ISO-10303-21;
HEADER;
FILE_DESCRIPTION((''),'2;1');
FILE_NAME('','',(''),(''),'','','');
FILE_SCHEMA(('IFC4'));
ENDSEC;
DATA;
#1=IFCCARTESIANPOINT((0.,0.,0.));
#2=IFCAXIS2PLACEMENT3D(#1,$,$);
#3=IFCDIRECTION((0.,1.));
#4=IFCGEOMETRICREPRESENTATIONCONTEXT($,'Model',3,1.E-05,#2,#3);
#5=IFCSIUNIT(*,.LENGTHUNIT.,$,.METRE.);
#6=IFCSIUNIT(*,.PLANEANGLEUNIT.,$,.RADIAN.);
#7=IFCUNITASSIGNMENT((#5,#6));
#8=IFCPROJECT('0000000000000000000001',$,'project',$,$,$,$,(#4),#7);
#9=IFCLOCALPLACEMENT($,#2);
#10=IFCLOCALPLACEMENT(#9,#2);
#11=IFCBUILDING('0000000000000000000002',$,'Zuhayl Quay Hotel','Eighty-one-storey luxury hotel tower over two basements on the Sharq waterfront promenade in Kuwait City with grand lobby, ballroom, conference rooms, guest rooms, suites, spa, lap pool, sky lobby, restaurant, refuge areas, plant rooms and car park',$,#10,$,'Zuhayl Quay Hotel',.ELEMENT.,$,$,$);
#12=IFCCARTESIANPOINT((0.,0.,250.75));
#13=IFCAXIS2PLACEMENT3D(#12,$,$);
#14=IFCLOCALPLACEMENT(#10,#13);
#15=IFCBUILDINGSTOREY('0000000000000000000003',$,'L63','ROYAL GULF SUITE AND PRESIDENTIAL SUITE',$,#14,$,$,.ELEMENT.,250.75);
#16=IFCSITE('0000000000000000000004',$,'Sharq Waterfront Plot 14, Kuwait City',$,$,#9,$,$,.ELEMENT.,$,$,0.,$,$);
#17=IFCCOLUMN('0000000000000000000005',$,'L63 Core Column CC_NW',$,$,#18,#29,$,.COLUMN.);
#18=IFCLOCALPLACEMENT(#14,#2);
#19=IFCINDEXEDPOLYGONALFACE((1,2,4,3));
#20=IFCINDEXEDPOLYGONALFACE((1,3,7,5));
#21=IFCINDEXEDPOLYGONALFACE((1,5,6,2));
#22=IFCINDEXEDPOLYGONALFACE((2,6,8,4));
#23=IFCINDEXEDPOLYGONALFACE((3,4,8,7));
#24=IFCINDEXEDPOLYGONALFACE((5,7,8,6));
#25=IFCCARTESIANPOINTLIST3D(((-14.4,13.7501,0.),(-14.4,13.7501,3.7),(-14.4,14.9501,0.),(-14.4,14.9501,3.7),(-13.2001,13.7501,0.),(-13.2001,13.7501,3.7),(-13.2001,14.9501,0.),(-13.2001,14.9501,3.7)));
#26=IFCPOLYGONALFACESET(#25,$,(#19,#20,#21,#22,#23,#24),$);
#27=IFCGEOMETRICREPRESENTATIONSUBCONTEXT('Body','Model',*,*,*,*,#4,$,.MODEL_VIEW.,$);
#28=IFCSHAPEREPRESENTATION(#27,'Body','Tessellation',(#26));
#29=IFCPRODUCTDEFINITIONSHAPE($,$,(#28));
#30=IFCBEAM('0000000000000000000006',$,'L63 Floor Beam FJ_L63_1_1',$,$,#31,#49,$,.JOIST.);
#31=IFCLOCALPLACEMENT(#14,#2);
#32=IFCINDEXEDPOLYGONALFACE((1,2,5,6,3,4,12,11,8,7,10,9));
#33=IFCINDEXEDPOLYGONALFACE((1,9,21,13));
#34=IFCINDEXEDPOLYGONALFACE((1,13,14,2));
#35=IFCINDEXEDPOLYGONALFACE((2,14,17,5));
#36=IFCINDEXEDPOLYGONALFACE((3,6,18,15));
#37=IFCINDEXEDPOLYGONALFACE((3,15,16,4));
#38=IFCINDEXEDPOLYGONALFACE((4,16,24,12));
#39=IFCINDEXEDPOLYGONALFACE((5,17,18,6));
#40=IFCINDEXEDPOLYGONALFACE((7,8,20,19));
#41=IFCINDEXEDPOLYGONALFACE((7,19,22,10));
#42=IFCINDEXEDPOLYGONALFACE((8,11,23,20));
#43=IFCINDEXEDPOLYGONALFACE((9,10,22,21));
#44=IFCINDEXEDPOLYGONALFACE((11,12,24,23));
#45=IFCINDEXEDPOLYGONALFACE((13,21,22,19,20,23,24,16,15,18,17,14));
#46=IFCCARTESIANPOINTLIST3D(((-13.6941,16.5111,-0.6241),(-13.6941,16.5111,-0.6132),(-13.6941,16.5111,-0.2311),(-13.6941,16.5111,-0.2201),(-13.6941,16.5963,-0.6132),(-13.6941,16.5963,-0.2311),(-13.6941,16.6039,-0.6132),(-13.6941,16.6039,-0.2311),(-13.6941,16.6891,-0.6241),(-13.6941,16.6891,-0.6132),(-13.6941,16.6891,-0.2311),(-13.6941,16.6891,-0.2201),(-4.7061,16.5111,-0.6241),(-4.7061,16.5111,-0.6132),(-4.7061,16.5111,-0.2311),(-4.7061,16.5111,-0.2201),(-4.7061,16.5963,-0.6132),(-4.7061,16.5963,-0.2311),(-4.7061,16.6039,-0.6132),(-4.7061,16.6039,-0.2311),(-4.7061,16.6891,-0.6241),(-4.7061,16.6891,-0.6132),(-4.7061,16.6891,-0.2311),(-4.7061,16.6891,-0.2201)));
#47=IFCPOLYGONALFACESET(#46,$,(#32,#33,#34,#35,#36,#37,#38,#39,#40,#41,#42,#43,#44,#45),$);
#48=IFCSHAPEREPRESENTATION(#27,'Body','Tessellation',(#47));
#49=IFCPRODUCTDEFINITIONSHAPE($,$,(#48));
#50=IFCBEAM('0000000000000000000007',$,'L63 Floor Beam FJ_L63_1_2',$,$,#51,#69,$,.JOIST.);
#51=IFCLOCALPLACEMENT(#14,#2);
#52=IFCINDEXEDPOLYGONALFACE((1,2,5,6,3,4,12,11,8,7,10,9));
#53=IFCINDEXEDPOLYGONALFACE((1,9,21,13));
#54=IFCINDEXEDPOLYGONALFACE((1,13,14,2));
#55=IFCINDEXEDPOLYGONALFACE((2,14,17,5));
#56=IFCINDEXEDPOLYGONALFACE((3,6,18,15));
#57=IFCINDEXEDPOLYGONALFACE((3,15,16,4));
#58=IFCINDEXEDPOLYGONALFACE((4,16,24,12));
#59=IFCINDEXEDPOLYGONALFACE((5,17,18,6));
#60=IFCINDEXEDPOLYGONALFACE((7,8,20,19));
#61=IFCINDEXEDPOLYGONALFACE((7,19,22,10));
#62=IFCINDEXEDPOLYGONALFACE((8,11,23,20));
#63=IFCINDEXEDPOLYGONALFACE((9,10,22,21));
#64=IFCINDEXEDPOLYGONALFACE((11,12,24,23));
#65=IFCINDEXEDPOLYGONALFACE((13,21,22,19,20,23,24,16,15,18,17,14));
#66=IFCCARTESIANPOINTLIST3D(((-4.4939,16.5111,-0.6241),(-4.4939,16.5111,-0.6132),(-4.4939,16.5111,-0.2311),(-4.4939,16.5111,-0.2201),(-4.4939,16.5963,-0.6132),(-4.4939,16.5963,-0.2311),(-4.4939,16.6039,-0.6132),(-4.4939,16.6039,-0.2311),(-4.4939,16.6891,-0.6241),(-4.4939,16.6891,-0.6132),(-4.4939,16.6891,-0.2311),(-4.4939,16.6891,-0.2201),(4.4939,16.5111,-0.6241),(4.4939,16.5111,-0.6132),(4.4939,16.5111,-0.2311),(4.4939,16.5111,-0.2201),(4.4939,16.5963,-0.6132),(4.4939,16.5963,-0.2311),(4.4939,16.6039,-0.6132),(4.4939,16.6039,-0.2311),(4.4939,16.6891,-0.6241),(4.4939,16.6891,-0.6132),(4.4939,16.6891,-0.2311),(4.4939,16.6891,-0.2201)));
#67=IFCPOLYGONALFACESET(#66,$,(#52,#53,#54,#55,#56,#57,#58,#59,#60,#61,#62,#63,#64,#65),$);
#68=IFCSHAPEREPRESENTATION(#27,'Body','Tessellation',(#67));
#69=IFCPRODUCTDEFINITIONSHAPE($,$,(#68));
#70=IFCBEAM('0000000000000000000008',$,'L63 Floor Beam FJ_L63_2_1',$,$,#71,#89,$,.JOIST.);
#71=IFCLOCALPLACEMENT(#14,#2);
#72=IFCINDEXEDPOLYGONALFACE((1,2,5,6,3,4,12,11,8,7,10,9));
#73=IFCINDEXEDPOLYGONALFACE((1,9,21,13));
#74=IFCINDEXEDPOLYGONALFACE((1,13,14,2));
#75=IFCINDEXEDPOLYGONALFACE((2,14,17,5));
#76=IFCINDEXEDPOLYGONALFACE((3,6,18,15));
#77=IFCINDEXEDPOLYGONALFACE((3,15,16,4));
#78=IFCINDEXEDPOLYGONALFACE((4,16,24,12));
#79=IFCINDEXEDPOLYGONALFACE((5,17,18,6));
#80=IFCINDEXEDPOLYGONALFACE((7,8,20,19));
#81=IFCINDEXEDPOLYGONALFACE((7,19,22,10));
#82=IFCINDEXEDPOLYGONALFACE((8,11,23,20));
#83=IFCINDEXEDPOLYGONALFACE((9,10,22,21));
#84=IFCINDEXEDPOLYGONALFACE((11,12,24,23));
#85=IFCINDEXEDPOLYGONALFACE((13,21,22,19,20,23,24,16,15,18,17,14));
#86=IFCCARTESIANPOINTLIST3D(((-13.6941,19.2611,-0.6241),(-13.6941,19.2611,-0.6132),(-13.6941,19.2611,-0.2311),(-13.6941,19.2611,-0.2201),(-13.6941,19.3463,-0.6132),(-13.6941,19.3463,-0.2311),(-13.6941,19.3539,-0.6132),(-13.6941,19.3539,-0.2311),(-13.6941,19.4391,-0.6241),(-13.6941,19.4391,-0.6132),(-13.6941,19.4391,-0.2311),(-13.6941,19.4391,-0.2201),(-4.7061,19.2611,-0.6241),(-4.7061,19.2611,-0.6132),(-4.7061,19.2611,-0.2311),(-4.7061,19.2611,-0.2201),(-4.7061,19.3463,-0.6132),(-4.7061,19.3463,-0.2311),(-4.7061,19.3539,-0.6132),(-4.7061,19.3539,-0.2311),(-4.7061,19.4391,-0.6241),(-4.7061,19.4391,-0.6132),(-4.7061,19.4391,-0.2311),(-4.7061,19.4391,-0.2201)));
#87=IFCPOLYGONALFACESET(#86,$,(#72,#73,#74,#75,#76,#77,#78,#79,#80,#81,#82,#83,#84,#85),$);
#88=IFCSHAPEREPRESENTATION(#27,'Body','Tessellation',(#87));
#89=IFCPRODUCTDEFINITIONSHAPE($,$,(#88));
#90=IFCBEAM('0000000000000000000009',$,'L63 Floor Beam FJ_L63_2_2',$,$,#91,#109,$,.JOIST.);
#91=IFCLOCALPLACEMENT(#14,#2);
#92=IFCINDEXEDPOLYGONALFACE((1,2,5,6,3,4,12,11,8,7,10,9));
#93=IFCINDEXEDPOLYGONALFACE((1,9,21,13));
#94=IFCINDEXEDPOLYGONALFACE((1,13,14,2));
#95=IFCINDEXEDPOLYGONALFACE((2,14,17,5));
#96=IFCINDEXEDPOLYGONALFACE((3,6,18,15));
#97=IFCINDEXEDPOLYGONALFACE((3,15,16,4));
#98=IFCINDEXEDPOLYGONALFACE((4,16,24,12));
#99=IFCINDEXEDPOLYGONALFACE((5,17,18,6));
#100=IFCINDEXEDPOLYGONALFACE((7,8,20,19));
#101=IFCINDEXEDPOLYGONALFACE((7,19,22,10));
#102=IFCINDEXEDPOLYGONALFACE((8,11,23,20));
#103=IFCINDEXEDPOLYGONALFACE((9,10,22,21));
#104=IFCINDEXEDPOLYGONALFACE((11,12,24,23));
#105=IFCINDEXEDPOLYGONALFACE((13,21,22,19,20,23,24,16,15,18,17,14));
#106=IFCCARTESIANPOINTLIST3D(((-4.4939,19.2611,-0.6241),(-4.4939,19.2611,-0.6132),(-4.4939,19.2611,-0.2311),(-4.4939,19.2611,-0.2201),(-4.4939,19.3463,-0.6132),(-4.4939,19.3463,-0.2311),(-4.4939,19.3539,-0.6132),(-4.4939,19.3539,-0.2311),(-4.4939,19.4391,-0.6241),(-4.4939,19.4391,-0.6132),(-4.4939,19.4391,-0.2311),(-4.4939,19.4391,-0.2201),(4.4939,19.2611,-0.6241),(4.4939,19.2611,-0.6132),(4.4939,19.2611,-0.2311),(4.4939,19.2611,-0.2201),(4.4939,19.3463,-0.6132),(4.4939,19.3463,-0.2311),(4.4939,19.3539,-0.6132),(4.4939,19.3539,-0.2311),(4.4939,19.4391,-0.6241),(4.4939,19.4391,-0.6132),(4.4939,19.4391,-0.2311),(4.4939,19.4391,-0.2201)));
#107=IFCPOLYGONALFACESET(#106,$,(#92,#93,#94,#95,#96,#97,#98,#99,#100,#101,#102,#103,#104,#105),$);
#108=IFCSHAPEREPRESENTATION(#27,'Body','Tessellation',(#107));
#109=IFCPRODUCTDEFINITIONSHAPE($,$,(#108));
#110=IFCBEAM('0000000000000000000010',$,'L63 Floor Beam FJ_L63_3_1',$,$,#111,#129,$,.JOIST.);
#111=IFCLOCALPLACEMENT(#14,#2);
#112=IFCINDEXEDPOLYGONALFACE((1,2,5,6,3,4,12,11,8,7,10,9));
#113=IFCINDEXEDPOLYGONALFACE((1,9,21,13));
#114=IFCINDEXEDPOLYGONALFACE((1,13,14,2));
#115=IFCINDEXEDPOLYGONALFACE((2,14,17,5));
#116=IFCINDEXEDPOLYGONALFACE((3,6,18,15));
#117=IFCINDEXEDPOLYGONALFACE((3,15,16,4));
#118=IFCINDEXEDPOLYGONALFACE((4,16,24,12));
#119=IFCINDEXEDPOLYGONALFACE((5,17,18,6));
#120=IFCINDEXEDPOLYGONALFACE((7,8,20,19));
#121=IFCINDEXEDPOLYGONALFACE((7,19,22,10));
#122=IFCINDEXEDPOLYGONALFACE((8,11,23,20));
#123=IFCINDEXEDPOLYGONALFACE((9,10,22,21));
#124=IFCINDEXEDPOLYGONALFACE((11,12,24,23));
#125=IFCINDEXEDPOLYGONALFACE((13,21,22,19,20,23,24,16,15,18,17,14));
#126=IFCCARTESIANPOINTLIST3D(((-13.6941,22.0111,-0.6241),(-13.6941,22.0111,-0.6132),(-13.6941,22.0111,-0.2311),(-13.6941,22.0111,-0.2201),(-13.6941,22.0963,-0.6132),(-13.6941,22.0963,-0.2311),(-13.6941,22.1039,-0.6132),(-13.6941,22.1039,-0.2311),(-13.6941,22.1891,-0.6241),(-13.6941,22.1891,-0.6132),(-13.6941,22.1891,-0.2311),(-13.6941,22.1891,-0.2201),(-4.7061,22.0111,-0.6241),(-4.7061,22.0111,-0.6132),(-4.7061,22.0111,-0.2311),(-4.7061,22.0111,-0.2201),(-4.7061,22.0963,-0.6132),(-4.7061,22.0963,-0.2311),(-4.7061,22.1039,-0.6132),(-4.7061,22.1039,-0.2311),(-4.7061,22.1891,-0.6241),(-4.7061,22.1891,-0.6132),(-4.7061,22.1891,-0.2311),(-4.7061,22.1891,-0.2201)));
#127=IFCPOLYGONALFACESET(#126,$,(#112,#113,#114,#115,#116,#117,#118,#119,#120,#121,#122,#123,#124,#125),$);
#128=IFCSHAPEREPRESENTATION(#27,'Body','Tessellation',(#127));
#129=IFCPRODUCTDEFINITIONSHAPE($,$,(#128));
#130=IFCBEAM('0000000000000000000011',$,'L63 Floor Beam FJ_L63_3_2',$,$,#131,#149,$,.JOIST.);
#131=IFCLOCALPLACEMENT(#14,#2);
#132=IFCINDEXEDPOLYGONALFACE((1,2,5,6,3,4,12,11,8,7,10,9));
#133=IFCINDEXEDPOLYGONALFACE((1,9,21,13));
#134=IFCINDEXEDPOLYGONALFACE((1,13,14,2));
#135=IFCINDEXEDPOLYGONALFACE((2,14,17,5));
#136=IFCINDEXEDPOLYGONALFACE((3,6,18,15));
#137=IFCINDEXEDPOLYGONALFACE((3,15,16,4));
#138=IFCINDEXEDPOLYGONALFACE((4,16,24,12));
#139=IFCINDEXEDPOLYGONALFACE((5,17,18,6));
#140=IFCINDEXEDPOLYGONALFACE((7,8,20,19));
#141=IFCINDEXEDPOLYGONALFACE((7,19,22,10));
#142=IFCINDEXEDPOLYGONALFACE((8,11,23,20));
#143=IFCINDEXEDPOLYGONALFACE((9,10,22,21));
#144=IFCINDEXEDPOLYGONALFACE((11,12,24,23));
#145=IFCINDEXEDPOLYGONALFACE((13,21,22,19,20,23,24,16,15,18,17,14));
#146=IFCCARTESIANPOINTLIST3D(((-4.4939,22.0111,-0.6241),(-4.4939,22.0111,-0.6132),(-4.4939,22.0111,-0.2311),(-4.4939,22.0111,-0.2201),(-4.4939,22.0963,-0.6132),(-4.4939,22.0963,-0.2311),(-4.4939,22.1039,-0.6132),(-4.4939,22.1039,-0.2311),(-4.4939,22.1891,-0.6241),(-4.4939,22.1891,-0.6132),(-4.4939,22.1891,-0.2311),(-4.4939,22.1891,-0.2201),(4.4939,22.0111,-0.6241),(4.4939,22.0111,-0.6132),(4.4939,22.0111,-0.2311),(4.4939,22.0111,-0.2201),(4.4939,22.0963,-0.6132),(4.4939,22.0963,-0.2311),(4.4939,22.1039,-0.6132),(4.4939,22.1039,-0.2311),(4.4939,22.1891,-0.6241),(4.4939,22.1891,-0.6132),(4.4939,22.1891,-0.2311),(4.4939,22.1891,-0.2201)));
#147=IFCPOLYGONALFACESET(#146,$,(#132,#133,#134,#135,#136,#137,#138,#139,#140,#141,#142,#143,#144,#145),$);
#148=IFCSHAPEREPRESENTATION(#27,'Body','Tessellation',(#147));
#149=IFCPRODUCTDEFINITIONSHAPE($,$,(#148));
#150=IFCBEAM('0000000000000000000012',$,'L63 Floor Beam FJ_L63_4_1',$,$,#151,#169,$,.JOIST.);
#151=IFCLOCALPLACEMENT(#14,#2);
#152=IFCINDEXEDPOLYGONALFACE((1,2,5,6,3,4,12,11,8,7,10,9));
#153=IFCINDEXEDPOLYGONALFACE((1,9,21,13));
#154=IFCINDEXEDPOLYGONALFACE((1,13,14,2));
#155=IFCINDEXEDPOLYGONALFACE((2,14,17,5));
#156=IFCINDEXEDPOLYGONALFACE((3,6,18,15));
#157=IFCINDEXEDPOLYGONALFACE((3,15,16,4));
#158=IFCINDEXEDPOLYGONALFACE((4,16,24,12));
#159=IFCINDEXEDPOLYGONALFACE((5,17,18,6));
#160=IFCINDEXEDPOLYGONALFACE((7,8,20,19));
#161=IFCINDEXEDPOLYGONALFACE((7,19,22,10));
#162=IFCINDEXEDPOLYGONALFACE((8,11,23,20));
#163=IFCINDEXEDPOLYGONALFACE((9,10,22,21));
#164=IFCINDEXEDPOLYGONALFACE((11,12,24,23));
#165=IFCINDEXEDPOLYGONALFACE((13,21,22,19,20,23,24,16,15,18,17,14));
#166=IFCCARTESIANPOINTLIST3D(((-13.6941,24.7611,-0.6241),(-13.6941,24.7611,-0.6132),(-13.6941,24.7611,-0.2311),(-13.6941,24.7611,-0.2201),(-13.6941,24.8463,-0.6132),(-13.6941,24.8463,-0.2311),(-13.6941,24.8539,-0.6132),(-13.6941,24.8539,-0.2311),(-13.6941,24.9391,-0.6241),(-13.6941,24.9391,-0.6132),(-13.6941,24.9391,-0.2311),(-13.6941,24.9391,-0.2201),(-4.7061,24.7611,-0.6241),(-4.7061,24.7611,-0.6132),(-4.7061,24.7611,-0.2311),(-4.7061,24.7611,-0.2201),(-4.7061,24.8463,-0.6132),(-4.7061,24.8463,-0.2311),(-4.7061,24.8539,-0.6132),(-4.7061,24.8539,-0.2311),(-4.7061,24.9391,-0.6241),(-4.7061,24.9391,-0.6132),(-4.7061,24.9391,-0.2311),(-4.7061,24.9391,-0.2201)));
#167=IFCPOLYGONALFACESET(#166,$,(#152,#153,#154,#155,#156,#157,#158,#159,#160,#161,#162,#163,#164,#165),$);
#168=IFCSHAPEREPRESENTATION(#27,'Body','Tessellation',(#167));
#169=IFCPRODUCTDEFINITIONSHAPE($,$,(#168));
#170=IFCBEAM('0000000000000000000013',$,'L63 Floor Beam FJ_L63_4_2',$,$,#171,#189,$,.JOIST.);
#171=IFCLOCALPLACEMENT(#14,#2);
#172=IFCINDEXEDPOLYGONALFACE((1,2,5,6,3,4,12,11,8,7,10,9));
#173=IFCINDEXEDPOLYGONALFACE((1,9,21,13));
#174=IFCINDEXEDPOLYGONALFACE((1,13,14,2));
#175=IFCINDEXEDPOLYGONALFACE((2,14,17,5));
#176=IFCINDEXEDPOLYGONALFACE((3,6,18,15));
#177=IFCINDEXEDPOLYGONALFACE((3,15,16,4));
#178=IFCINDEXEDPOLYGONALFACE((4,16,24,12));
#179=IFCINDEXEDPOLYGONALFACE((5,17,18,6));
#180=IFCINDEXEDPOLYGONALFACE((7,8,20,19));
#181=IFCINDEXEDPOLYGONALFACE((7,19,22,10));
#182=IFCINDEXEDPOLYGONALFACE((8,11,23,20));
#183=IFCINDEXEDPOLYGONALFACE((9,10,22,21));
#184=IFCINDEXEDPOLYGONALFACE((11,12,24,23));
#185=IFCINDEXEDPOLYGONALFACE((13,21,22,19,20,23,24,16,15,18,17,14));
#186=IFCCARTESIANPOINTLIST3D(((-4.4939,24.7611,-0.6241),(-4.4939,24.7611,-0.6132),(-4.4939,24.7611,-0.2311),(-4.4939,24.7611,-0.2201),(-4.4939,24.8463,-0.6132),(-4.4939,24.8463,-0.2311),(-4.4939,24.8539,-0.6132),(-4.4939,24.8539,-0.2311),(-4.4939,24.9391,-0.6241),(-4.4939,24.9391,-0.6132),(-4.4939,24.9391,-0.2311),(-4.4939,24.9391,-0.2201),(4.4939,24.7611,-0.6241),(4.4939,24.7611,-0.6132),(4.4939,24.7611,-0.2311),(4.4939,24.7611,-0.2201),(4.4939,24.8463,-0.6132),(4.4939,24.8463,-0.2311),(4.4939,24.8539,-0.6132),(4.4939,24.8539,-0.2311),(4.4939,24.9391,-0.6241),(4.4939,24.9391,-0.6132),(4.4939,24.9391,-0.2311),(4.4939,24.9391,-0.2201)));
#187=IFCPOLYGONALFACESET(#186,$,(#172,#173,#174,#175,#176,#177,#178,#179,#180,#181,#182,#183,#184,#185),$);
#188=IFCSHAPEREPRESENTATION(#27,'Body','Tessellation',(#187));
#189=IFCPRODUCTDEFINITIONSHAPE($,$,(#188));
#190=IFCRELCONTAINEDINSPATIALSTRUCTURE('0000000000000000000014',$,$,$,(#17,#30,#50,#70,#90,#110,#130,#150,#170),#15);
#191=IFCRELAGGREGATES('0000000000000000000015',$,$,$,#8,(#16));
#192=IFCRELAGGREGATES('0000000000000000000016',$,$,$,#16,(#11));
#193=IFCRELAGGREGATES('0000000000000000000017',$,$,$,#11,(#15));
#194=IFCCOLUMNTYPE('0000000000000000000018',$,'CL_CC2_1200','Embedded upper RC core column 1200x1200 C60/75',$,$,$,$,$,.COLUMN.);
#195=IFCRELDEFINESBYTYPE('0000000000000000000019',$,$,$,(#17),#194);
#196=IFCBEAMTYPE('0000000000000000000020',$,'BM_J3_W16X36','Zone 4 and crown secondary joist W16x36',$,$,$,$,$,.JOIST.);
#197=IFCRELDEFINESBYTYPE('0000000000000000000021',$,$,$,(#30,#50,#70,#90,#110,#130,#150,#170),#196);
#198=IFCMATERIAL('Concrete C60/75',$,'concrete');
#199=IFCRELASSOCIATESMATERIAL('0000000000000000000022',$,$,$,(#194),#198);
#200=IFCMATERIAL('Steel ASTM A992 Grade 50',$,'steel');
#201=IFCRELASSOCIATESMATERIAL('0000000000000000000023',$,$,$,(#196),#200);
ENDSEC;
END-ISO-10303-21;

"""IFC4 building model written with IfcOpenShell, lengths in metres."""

from ifc_helpers import new_model, si_unit, direction, frame, origin, origin_2d, place, context, subcontext, project, spatial, rectangle, i_section, extrude, material, material_profile, profile_set, type_object, element, save


model = new_model("IFC4")

# Units and contexts
model_context = context("Model", 3, precision=1e-05, world=origin(), true_north=direction((0.0, 1.0)))
body_context = subcontext(model_context, "Body", "Model", "MODEL_VIEW")
ifc_project = project(units=[si_unit("LENGTHUNIT", "METRE"), si_unit("PLANEANGLEUNIT", "RADIAN")], contexts=[model_context])

# Site, building, storey
site_placement = place(None, origin())
site = spatial("IfcSite", under=ifc_project, at=site_placement, Name="Sharq Waterfront Plot 14, Kuwait City", CompositionType="ELEMENT", RefElevation=0.0)
building_placement = place(site_placement, origin())
building = spatial("IfcBuilding", under=site, at=building_placement, Name="Zuhayl Quay Hotel", Description="Eighty-one-storey luxury hotel tower over two basements on the Sharq waterfront promenade in Kuwait City with grand lobby, ballroom, conference rooms, guest rooms, suites, spa, lap pool, sky lobby, restaurant, refuge areas, plant rooms and car park", LongName="Zuhayl Quay Hotel", CompositionType="ELEMENT")
storey_placement = place(building_placement, frame((0.0, 0.0, 250.75)))
storey = spatial("IfcBuildingStorey", under=building, at=storey_placement, Name="L63", Description="ROYAL GULF SUITE AND PRESIDENTIAL SUITE", CompositionType="ELEMENT", Elevation=250.75)

# Column
ifc_material_1 = material(Name="Concrete C60/75", Category="concrete")
ifc_material_profile_1 = material_profile(ifc_material_1, rectangle(XDim=1.2, YDim=1.2, at=origin_2d()), Name="RC1200X1200")
ifc_profile_set_1 = profile_set([ifc_material_profile_1], Name="Concrete C60/75")
column_type = type_object("IfcColumnType", Name="CL_CC2_1200", Description="Embedded upper RC core column 1200x1200 C60/75", PredefinedType="COLUMN", material=ifc_profile_set_1)
column_placement = place(storey_placement, frame((-13.8, 14.3501, 0.0), z_axis=(0.0, 0.0, 1.0), x_axis=(1.0, 0.0, 0.0)))
element("IfcColumn", 1, at=column_placement, inside=storey, type_object=column_type, Name="L63 Core Column CC_NW", PredefinedType="COLUMN", context=body_context, shape_type="SweptSolid", body=[
    extrude(rectangle(XDim=1.2, YDim=1.2, at=origin_2d()), origin(), (0.0, 0.0, 1.0), 3.7),
])

# Beams
ifc_material_2 = material(Name="Steel ASTM A992 Grade 50", Category="steel")
ifc_material_profile_2 = material_profile(ifc_material_2, i_section(OverallWidth=0.178, OverallDepth=0.4041, WebThickness=0.0076, FlangeThickness=0.011, at=origin_2d()), Name="W16X36")
ifc_profile_set_2 = profile_set([ifc_material_profile_2], Name="Steel ASTM A992 Grade 50")
beam_type_1 = type_object("IfcBeamType", Name="BM_J3_W16X36", Description="Zone 4 and crown secondary joist W16x36", PredefinedType="JOIST", material=ifc_profile_set_2)
beam_1_placement = place(storey_placement, frame((-13.6941, 16.6001, -0.4221), z_axis=(1.0, 0.0, 0.0), x_axis=(0.0, 1.0, 0.0)))
element("IfcBeam", 2, at=beam_1_placement, inside=storey, type_object=beam_type_1, Name="L63 Floor Beam FJ_L63_1_1", PredefinedType="JOIST", context=body_context, shape_type="SweptSolid", body=[
    extrude(i_section(OverallWidth=0.178, OverallDepth=0.4041, WebThickness=0.0076, FlangeThickness=0.011, at=origin_2d()), origin(), (0.0, 0.0, 1.0), 8.988),
])
beam_2_placement = place(storey_placement, frame((-4.4939, 16.6001, -0.4221), z_axis=(1.0, 0.0, 0.0), x_axis=(0.0, 1.0, 0.0)))
element("IfcBeam", 3, at=beam_2_placement, inside=storey, type_object=beam_type_1, Name="L63 Floor Beam FJ_L63_1_2", PredefinedType="JOIST", context=body_context, shape_type="SweptSolid", body=[
    extrude(i_section(OverallWidth=0.178, OverallDepth=0.4041, WebThickness=0.0076, FlangeThickness=0.011, at=origin_2d()), origin(), (0.0, 0.0, 1.0), 8.9878),
])
beam_3_placement = place(storey_placement, frame((-13.6941, 19.3501, -0.4221), z_axis=(1.0, 0.0, 0.0), x_axis=(0.0, 1.0, 0.0)))
element("IfcBeam", 4, at=beam_3_placement, inside=storey, type_object=beam_type_1, Name="L63 Floor Beam FJ_L63_2_1", PredefinedType="JOIST", context=body_context, shape_type="SweptSolid", body=[
    extrude(i_section(OverallWidth=0.178, OverallDepth=0.4041, WebThickness=0.0076, FlangeThickness=0.011, at=origin_2d()), origin(), (0.0, 0.0, 1.0), 8.988),
])
beam_4_placement = place(storey_placement, frame((-4.4939, 19.3501, -0.4221), z_axis=(1.0, 0.0, 0.0), x_axis=(0.0, 1.0, 0.0)))
element("IfcBeam", 5, at=beam_4_placement, inside=storey, type_object=beam_type_1, Name="L63 Floor Beam FJ_L63_2_2", PredefinedType="JOIST", context=body_context, shape_type="SweptSolid", body=[
    extrude(i_section(OverallWidth=0.178, OverallDepth=0.4041, WebThickness=0.0076, FlangeThickness=0.011, at=origin_2d()), origin(), (0.0, 0.0, 1.0), 8.9878),
])
beam_5_placement = place(storey_placement, frame((-13.6941, 22.1001, -0.4221), z_axis=(1.0, 0.0, 0.0), x_axis=(0.0, 1.0, 0.0)))
element("IfcBeam", 6, at=beam_5_placement, inside=storey, type_object=beam_type_1, Name="L63 Floor Beam FJ_L63_3_1", PredefinedType="JOIST", context=body_context, shape_type="SweptSolid", body=[
    extrude(i_section(OverallWidth=0.178, OverallDepth=0.4041, WebThickness=0.0076, FlangeThickness=0.011, at=origin_2d()), origin(), (0.0, 0.0, 1.0), 8.988),
])
beam_6_placement = place(storey_placement, frame((-4.4939, 22.1001, -0.4221), z_axis=(1.0, 0.0, 0.0), x_axis=(0.0, 1.0, 0.0)))
element("IfcBeam", 7, at=beam_6_placement, inside=storey, type_object=beam_type_1, Name="L63 Floor Beam FJ_L63_3_2", PredefinedType="JOIST", context=body_context, shape_type="SweptSolid", body=[
    extrude(i_section(OverallWidth=0.178, OverallDepth=0.4041, WebThickness=0.0076, FlangeThickness=0.011, at=origin_2d()), origin(), (0.0, 0.0, 1.0), 8.9878),
])
beam_7_placement = place(storey_placement, frame((-13.6941, 24.8501, -0.4221), z_axis=(1.0, 0.0, 0.0), x_axis=(0.0, 1.0, 0.0)))
element("IfcBeam", 8, at=beam_7_placement, inside=storey, type_object=beam_type_1, Name="L63 Floor Beam FJ_L63_4_1", PredefinedType="JOIST", context=body_context, shape_type="SweptSolid", body=[
    extrude(i_section(OverallWidth=0.178, OverallDepth=0.4041, WebThickness=0.0076, FlangeThickness=0.011, at=origin_2d()), origin(), (0.0, 0.0, 1.0), 8.988),
])
beam_8_placement = place(storey_placement, frame((-4.4939, 24.8501, -0.4221), z_axis=(1.0, 0.0, 0.0), x_axis=(0.0, 1.0, 0.0)))
element("IfcBeam", 9, at=beam_8_placement, inside=storey, type_object=beam_type_1, Name="L63 Floor Beam FJ_L63_4_2", PredefinedType="JOIST", context=body_context, shape_type="SweptSolid", body=[
    extrude(i_section(OverallWidth=0.178, OverallDepth=0.4041, WebThickness=0.0076, FlangeThickness=0.011, at=origin_2d()), origin(), (0.0, 0.0, 1.0), 8.9878),
])

save(model, "model.ifc")
